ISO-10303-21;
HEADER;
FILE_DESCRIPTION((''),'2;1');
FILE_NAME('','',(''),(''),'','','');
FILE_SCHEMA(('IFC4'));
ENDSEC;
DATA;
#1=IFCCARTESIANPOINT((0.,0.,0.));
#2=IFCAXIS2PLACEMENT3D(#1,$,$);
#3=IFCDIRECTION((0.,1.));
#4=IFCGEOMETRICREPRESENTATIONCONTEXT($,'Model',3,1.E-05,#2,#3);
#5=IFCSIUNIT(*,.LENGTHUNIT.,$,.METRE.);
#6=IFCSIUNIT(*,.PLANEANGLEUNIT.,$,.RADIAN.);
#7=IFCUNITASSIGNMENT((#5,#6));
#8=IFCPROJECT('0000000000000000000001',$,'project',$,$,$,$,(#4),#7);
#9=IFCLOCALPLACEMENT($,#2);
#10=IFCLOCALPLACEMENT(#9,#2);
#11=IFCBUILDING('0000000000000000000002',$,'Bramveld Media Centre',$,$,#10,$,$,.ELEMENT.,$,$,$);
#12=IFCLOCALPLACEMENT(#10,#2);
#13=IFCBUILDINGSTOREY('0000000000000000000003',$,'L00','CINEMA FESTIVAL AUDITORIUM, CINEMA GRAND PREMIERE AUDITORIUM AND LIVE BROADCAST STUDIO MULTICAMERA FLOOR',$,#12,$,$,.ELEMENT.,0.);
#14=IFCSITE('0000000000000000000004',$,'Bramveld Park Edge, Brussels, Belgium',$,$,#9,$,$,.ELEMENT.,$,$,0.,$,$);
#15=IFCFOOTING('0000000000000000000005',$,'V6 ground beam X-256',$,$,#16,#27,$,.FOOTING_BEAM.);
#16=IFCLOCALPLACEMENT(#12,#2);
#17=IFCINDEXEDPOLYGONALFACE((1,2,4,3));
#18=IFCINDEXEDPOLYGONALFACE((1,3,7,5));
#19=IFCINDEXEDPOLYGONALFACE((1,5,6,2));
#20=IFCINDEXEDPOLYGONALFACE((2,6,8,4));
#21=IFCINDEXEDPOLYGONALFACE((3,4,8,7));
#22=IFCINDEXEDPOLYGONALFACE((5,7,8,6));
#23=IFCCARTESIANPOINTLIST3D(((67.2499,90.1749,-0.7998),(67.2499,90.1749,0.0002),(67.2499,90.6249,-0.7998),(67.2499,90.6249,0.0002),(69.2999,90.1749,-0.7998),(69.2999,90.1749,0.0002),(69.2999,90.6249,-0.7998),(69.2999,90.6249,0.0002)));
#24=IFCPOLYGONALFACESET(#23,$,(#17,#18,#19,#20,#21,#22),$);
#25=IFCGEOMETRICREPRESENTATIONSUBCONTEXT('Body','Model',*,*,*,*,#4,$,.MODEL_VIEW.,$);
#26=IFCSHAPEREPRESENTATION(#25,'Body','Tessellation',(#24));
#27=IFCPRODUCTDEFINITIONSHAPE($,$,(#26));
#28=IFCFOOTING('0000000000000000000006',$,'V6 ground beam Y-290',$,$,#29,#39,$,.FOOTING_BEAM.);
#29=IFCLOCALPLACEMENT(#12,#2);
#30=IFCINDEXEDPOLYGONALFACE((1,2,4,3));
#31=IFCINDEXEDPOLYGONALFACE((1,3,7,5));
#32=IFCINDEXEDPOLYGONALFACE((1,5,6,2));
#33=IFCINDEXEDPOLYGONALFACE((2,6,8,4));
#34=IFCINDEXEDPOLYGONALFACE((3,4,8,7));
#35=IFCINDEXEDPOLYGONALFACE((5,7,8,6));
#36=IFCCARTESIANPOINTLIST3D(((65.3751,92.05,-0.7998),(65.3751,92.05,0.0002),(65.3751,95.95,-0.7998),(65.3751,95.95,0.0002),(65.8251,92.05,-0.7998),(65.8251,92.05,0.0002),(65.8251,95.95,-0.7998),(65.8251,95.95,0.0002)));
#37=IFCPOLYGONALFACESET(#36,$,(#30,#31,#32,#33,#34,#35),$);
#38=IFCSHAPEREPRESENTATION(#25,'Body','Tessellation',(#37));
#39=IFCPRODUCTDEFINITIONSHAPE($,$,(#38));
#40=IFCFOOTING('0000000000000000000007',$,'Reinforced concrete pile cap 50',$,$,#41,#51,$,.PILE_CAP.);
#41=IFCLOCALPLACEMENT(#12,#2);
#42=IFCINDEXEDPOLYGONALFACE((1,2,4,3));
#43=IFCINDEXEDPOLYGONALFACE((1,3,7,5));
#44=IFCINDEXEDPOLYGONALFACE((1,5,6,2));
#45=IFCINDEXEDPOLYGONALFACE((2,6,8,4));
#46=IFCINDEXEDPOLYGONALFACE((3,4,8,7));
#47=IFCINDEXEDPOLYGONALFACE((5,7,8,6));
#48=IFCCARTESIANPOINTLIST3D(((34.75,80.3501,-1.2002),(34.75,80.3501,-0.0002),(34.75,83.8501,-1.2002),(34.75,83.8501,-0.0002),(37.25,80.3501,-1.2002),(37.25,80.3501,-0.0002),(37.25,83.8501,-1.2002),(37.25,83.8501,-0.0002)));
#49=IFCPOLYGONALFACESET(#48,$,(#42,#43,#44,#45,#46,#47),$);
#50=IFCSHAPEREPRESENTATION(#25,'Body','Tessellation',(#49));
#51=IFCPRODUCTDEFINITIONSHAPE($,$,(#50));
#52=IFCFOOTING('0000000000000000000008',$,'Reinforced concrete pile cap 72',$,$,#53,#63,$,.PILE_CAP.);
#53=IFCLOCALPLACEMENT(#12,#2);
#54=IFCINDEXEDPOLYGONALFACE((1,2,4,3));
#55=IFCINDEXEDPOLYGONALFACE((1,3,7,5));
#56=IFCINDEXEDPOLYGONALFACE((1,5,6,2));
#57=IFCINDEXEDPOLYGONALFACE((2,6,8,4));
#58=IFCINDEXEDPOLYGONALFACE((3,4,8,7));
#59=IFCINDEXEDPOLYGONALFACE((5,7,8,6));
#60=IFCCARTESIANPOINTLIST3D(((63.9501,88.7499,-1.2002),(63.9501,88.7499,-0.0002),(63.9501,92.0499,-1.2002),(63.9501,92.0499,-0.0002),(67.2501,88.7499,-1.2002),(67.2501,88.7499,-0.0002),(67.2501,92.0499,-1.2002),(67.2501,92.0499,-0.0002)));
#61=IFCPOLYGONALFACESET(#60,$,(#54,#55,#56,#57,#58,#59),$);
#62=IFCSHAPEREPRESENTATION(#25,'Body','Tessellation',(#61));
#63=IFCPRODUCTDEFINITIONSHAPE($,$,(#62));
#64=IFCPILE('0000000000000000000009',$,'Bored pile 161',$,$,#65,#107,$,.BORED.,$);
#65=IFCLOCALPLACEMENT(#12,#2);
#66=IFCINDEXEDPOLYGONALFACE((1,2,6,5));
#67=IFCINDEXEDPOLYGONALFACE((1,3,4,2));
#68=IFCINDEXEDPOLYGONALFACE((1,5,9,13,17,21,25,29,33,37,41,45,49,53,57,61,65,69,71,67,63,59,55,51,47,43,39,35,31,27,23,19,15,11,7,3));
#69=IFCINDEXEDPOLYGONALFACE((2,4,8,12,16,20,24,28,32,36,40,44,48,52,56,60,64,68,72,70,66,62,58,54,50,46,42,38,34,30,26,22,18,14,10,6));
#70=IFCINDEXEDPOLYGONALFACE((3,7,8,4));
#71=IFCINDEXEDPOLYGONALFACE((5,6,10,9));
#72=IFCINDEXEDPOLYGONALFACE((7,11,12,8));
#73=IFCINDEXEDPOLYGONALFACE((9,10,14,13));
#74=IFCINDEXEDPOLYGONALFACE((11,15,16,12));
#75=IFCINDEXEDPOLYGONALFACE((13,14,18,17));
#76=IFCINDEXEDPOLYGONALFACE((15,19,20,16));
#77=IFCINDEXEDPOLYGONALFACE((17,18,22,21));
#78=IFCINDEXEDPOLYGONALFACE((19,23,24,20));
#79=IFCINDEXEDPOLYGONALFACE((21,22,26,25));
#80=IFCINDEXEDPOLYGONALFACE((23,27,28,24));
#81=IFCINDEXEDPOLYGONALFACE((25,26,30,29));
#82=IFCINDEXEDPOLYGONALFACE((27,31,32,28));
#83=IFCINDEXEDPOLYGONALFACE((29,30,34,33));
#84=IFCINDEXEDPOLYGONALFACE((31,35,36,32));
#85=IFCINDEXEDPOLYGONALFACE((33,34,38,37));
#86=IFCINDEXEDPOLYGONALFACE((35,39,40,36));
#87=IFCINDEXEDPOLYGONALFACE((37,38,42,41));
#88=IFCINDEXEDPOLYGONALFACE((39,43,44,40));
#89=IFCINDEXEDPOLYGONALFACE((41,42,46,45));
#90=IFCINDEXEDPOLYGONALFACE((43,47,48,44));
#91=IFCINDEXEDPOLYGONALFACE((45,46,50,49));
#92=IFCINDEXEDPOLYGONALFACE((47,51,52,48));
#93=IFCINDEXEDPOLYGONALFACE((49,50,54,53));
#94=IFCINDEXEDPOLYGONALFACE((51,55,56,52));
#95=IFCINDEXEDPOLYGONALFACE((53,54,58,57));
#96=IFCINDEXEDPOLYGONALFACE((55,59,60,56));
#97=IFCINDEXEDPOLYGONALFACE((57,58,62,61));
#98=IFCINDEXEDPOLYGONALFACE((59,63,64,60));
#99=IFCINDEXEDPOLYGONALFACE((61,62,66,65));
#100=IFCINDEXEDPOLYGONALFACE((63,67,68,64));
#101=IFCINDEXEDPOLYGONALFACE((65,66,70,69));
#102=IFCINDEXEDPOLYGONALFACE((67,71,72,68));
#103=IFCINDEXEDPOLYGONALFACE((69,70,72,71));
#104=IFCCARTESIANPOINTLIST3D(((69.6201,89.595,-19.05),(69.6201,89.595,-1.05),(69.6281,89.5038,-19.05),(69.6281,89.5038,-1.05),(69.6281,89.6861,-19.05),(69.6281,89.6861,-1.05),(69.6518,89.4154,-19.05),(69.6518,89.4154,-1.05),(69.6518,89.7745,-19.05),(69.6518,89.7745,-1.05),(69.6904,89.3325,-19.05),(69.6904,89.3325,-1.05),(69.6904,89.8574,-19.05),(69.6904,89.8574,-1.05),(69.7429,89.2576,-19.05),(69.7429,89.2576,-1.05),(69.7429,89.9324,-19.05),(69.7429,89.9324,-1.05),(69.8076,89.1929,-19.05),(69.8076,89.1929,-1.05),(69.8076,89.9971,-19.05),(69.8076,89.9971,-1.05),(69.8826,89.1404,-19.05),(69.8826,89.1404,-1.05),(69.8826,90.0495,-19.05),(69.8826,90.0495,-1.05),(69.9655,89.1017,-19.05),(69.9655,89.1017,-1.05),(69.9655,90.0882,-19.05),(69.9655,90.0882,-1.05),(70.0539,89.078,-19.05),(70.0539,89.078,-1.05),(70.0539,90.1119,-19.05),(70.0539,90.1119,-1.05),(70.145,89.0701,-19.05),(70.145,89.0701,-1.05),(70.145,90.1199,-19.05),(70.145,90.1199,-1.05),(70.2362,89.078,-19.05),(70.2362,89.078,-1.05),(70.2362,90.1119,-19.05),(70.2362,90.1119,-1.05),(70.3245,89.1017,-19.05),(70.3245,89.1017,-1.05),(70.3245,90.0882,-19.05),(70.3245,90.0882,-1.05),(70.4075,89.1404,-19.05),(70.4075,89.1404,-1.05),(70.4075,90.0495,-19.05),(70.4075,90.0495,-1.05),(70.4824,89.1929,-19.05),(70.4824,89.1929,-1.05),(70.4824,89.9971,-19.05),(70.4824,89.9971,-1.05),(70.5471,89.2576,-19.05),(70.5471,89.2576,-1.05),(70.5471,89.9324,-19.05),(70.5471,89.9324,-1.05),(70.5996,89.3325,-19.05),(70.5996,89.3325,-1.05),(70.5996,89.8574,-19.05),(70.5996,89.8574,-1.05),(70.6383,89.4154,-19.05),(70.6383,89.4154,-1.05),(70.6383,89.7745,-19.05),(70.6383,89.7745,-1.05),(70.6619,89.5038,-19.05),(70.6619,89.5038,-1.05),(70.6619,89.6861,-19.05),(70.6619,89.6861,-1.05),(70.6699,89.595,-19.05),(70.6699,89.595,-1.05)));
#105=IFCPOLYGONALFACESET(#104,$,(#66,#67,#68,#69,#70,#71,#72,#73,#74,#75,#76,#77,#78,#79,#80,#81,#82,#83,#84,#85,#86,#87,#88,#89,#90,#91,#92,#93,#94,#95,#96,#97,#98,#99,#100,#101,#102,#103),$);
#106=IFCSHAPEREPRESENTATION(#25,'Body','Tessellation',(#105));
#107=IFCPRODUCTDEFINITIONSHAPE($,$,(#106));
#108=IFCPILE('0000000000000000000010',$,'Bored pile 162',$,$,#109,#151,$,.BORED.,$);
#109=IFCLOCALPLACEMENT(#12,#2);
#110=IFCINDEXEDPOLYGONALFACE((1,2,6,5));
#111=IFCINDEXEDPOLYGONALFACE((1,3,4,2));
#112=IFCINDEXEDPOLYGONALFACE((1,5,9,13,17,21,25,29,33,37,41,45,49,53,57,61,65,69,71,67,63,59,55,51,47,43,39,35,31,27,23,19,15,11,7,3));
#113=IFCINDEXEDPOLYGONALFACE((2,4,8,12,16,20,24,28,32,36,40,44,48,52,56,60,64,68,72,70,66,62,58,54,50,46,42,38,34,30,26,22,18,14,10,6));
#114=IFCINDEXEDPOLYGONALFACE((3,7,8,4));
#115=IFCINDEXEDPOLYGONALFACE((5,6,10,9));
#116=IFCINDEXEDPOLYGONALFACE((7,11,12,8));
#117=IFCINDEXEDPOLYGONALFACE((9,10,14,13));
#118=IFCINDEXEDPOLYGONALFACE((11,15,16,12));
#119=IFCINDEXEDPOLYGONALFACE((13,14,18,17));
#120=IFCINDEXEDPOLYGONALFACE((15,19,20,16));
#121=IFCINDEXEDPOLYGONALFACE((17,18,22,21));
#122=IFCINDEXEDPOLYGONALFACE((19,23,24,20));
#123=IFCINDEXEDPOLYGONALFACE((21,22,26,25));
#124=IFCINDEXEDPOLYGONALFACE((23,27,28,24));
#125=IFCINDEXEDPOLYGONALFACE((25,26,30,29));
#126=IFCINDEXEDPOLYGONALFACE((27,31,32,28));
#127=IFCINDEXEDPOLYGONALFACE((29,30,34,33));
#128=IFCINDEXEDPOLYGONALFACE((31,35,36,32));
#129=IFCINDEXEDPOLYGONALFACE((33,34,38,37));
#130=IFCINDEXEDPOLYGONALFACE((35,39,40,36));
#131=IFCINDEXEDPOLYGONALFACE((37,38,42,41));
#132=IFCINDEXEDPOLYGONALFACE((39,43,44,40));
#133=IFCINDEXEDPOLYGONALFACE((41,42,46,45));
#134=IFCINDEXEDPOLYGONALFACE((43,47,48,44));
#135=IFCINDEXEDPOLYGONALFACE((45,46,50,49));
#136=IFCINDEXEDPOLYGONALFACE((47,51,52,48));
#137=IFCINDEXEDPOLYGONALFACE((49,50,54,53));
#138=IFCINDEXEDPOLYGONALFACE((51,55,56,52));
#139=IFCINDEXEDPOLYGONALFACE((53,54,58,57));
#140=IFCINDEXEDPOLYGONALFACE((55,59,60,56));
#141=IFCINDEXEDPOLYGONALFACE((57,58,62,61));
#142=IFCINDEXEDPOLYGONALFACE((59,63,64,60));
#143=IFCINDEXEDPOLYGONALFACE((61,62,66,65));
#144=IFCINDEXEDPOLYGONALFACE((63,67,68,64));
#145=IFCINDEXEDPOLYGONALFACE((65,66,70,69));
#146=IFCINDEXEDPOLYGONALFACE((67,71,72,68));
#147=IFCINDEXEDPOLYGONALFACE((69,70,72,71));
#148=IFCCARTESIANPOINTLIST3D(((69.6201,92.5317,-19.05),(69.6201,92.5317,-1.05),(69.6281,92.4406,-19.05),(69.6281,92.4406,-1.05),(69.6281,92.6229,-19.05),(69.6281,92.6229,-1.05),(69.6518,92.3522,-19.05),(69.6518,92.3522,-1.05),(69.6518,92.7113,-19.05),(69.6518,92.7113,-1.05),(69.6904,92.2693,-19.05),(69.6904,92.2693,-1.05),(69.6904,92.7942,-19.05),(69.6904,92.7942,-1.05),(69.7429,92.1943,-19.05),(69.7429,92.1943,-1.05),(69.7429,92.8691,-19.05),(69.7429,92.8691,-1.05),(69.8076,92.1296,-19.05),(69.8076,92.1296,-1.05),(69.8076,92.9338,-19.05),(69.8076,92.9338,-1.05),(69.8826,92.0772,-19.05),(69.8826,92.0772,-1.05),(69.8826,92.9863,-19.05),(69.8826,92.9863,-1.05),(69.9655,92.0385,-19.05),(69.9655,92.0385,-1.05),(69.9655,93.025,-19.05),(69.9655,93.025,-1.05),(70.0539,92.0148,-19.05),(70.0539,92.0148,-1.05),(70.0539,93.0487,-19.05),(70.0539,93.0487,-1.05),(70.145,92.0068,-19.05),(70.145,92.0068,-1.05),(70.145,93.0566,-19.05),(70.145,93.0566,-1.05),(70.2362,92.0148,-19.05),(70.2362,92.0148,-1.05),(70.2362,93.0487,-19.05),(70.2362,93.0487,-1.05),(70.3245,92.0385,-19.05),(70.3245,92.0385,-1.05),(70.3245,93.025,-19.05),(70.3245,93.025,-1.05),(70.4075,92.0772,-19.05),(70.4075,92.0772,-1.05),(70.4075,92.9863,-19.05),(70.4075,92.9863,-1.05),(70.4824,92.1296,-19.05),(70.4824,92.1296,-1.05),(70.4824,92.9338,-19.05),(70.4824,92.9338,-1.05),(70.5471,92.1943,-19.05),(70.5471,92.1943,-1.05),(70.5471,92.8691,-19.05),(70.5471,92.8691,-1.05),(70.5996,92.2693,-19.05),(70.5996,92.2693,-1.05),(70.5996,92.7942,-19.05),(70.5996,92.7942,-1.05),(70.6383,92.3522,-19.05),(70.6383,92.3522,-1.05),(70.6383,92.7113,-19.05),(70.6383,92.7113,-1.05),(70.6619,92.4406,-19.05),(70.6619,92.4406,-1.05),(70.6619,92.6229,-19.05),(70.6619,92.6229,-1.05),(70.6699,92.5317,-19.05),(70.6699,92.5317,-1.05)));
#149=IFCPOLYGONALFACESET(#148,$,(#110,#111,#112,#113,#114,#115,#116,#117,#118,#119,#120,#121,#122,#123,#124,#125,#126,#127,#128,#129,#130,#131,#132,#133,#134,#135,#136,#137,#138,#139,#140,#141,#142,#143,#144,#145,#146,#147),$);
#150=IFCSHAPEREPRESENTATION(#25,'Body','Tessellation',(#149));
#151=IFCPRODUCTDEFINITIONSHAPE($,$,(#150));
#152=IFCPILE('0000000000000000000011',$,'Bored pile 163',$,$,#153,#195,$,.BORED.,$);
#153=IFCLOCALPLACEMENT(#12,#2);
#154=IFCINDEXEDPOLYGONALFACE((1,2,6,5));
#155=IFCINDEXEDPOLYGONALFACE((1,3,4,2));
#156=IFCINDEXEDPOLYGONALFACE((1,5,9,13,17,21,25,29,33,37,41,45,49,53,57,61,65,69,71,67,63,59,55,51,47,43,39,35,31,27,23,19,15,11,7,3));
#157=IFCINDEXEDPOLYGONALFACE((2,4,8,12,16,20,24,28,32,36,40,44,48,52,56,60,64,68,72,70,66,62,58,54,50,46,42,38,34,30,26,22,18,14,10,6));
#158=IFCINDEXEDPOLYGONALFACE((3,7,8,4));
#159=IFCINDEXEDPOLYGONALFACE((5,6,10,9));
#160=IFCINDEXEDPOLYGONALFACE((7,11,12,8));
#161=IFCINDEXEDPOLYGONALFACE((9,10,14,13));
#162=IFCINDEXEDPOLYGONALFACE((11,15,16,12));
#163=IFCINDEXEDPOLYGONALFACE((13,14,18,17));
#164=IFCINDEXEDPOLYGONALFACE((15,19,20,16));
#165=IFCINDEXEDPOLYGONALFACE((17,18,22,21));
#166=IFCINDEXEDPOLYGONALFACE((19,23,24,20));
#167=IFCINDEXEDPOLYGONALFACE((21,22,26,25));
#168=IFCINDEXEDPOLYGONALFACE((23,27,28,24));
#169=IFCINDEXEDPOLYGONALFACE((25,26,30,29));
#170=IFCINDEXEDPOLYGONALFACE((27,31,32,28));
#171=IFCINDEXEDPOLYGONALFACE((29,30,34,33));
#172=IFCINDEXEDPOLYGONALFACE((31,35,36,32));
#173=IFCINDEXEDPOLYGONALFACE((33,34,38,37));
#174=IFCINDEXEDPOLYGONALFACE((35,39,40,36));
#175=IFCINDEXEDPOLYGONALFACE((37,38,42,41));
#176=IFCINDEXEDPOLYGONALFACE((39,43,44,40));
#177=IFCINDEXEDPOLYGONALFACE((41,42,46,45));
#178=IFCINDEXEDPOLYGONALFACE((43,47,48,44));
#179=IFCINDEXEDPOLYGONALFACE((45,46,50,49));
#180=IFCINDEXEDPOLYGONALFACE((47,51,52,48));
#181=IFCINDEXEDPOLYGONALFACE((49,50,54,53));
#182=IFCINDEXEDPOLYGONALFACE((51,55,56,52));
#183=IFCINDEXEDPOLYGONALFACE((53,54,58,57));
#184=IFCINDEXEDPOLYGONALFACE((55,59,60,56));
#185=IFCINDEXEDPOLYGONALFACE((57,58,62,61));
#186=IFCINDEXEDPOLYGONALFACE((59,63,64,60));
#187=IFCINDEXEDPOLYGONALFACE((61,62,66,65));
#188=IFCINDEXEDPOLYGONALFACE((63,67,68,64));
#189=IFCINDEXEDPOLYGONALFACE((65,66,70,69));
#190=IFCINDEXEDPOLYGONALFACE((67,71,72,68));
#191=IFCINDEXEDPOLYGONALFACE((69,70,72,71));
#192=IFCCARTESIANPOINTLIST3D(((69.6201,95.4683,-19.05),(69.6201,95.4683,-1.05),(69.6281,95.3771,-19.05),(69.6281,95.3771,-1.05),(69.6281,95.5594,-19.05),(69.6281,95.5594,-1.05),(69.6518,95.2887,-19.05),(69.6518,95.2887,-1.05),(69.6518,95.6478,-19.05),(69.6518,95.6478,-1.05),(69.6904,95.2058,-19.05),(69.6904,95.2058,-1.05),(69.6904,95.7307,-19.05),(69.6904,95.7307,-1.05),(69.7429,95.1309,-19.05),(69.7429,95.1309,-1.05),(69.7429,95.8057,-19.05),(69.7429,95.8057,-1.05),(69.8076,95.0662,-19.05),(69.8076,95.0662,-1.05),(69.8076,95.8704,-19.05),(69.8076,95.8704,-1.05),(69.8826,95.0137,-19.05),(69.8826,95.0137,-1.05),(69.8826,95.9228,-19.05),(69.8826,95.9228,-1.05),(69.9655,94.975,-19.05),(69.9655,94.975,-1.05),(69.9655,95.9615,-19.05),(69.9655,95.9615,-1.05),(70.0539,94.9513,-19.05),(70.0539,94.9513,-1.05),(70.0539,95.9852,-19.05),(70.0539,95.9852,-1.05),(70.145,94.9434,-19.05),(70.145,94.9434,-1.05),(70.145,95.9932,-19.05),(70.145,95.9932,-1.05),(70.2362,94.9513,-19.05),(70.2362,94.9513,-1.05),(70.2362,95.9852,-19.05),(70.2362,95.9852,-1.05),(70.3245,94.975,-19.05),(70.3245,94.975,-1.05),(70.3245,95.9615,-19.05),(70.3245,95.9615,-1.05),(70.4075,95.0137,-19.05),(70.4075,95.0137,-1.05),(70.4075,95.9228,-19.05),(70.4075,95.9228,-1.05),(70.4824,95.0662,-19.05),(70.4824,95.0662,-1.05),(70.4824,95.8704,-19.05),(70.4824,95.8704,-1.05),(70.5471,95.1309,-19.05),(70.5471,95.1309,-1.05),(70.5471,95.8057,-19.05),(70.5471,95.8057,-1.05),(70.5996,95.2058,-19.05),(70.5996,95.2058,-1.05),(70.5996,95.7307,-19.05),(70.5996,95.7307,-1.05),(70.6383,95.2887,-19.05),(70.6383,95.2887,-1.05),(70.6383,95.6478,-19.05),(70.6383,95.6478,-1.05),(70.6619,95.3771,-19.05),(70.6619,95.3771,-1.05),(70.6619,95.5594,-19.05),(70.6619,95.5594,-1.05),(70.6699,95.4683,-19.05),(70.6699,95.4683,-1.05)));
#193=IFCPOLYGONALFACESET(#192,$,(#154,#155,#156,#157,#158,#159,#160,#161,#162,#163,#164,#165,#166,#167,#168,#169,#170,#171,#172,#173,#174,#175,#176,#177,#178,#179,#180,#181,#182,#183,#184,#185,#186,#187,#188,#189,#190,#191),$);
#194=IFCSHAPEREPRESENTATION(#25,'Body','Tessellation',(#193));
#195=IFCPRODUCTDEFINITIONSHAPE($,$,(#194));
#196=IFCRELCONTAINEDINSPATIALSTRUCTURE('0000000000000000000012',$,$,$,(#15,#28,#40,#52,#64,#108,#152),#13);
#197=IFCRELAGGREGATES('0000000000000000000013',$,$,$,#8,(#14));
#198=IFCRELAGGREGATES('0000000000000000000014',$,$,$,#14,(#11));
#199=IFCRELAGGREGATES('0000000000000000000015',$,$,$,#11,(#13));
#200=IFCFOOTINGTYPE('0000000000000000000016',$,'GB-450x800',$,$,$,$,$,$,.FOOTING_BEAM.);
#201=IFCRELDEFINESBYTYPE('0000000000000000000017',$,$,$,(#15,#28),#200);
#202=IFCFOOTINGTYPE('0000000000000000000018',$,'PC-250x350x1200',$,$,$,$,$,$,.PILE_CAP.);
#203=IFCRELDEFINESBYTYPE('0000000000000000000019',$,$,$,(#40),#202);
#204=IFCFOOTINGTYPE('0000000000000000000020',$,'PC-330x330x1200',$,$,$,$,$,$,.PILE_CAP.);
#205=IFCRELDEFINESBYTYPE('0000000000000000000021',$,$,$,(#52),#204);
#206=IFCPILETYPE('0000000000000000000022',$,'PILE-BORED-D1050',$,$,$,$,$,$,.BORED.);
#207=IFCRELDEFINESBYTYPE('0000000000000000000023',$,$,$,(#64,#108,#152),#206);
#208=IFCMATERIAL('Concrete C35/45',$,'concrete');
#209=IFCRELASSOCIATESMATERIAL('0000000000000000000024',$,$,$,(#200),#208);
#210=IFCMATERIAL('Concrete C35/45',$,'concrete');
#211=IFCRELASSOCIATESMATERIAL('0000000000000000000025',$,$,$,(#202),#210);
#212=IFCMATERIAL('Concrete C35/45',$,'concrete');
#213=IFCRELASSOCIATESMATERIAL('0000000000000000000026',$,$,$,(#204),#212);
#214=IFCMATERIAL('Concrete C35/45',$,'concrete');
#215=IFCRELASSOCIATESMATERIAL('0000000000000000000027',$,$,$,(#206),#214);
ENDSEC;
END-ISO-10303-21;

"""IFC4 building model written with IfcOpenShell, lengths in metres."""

from ifc_helpers import new_model, si_unit, direction, frame, origin, origin_2d, place, context, subcontext, project, spatial, rectangle, circle, extrude, material, material_profile, profile_set, type_object, element, save


model = new_model("IFC4")

# Units and contexts
model_context = context("Model", 3, precision=1e-05, world=origin(), true_north=direction((0.0, 1.0)))
body_context = subcontext(model_context, "Body", "Model", "MODEL_VIEW")
ifc_project = project(units=[si_unit("LENGTHUNIT", "METRE"), si_unit("PLANEANGLEUNIT", "RADIAN")], contexts=[model_context])

# Site, building, storey
site_placement = place(None, origin())
site = spatial("IfcSite", under=ifc_project, at=site_placement, Name="Bramveld Park Edge, Brussels, Belgium", CompositionType="ELEMENT", RefElevation=0.0)
building_placement = place(site_placement, origin())
building = spatial("IfcBuilding", under=site, at=building_placement, Name="Bramveld Media Centre", CompositionType="ELEMENT")
storey_placement = place(building_placement, origin())
storey = spatial("IfcBuildingStorey", under=building, at=storey_placement, Name="L00", Description="CINEMA FESTIVAL AUDITORIUM, CINEMA GRAND PREMIERE AUDITORIUM AND LIVE BROADCAST STUDIO MULTICAMERA FLOOR", CompositionType="ELEMENT", Elevation=0.0)

# Footings
ifc_material_1 = material(Name="Concrete C35/45", Category="concrete")
footing_type_1 = type_object("IfcFootingType", Name="GB-450x800", PredefinedType="FOOTING_BEAM", material=ifc_material_1)
footing_1_placement = place(storey_placement, frame((68.2749, 90.3999, -0.7998), z_axis=(0.0, 0.0, 1.0), x_axis=(1.0, 0.0, 0.0)))
element("IfcFooting", 1, at=footing_1_placement, inside=storey, type_object=footing_type_1, Name="V6 ground beam X-256", PredefinedType="FOOTING_BEAM", context=body_context, shape_type="SweptSolid", body=[
    extrude(rectangle(XDim=2.05, YDim=0.45, at=origin_2d()), origin(), (0.0, 0.0, 1.0), 0.8),
])
footing_2_placement = place(storey_placement, frame((65.6001, 94.0, -0.7998), z_axis=(0.0, 0.0, 1.0), x_axis=(1.0, 0.0, 0.0)))
element("IfcFooting", 2, at=footing_2_placement, inside=storey, type_object=footing_type_1, Name="V6 ground beam Y-290", PredefinedType="FOOTING_BEAM", context=body_context, shape_type="SweptSolid", body=[
    extrude(rectangle(XDim=0.45, YDim=3.8999, at=origin_2d()), origin(), (0.0, 0.0, 1.0), 0.8),
])
ifc_material_2 = material(Name="Concrete C35/45", Category="concrete")
footing_type_2 = type_object("IfcFootingType", Name="PC-250x350x1200", PredefinedType="PILE_CAP", material=ifc_material_2)
footing_3_placement = place(storey_placement, frame((36.0, 82.1001, -1.2002), z_axis=(0.0, 0.0, 1.0), x_axis=(1.0, 0.0, 0.0)))
element("IfcFooting", 3, at=footing_3_placement, inside=storey, type_object=footing_type_2, Name="Reinforced concrete pile cap 50", PredefinedType="PILE_CAP", context=body_context, shape_type="SweptSolid", body=[
    extrude(rectangle(XDim=2.5, YDim=3.5, at=origin_2d()), origin(), (0.0, 0.0, 1.0), 1.2),
])
ifc_material_3 = material(Name="Concrete C35/45", Category="concrete")
footing_type_3 = type_object("IfcFootingType", Name="PC-330x330x1200", PredefinedType="PILE_CAP", material=ifc_material_3)
footing_4_placement = place(storey_placement, frame((65.6001, 90.3999, -1.2002), z_axis=(0.0, 0.0, 1.0), x_axis=(1.0, 0.0, 0.0)))
element("IfcFooting", 4, at=footing_4_placement, inside=storey, type_object=footing_type_3, Name="Reinforced concrete pile cap 72", PredefinedType="PILE_CAP", context=body_context, shape_type="SweptSolid", body=[
    extrude(rectangle(XDim=3.3, YDim=3.3, at=origin_2d()), origin(), (0.0, 0.0, 1.0), 1.2),
])

# Piles
ifc_material_4 = material(Name="Concrete C35/45", Category="concrete")
ifc_material_profile_1 = material_profile(ifc_material_4, circle(Radius=0.5249, at=origin_2d()), Name="BORED D1050")
ifc_profile_set_1 = profile_set([ifc_material_profile_1], Name="Concrete C35/45")
pile_type_1 = type_object("IfcPileType", Name="PILE-BORED-D1050", PredefinedType="BORED", material=ifc_profile_set_1)
for number, where, z_axis, x_axis, name in (
    (5, (70.145, 89.595, -1.05), (0.0, 0.0, -1.0), (1.0, 0.0, 0.0), "Bored pile 161"),
    (6, (70.145, 92.5317, -1.05), (0.0, 0.0, -1.0), (1.0, 0.0, 0.0), "Bored pile 162"),
    (7, (70.145, 95.4683, -1.05), (0.0, 0.0, -1.0), (1.0, 0.0, 0.0), "Bored pile 163"),
):
    element("IfcPile", number, at=place(storey_placement, frame(where, z_axis=z_axis, x_axis=x_axis)), inside=storey, type_object=pile_type_1, Name=name, PredefinedType="BORED", context=body_context, shape_type="SweptSolid", body=[
        extrude(circle(Radius=0.5249, at=origin_2d()), origin(), (0.0, 0.0, 1.0), 18.0),
    ])

save(model, "model.ifc")
